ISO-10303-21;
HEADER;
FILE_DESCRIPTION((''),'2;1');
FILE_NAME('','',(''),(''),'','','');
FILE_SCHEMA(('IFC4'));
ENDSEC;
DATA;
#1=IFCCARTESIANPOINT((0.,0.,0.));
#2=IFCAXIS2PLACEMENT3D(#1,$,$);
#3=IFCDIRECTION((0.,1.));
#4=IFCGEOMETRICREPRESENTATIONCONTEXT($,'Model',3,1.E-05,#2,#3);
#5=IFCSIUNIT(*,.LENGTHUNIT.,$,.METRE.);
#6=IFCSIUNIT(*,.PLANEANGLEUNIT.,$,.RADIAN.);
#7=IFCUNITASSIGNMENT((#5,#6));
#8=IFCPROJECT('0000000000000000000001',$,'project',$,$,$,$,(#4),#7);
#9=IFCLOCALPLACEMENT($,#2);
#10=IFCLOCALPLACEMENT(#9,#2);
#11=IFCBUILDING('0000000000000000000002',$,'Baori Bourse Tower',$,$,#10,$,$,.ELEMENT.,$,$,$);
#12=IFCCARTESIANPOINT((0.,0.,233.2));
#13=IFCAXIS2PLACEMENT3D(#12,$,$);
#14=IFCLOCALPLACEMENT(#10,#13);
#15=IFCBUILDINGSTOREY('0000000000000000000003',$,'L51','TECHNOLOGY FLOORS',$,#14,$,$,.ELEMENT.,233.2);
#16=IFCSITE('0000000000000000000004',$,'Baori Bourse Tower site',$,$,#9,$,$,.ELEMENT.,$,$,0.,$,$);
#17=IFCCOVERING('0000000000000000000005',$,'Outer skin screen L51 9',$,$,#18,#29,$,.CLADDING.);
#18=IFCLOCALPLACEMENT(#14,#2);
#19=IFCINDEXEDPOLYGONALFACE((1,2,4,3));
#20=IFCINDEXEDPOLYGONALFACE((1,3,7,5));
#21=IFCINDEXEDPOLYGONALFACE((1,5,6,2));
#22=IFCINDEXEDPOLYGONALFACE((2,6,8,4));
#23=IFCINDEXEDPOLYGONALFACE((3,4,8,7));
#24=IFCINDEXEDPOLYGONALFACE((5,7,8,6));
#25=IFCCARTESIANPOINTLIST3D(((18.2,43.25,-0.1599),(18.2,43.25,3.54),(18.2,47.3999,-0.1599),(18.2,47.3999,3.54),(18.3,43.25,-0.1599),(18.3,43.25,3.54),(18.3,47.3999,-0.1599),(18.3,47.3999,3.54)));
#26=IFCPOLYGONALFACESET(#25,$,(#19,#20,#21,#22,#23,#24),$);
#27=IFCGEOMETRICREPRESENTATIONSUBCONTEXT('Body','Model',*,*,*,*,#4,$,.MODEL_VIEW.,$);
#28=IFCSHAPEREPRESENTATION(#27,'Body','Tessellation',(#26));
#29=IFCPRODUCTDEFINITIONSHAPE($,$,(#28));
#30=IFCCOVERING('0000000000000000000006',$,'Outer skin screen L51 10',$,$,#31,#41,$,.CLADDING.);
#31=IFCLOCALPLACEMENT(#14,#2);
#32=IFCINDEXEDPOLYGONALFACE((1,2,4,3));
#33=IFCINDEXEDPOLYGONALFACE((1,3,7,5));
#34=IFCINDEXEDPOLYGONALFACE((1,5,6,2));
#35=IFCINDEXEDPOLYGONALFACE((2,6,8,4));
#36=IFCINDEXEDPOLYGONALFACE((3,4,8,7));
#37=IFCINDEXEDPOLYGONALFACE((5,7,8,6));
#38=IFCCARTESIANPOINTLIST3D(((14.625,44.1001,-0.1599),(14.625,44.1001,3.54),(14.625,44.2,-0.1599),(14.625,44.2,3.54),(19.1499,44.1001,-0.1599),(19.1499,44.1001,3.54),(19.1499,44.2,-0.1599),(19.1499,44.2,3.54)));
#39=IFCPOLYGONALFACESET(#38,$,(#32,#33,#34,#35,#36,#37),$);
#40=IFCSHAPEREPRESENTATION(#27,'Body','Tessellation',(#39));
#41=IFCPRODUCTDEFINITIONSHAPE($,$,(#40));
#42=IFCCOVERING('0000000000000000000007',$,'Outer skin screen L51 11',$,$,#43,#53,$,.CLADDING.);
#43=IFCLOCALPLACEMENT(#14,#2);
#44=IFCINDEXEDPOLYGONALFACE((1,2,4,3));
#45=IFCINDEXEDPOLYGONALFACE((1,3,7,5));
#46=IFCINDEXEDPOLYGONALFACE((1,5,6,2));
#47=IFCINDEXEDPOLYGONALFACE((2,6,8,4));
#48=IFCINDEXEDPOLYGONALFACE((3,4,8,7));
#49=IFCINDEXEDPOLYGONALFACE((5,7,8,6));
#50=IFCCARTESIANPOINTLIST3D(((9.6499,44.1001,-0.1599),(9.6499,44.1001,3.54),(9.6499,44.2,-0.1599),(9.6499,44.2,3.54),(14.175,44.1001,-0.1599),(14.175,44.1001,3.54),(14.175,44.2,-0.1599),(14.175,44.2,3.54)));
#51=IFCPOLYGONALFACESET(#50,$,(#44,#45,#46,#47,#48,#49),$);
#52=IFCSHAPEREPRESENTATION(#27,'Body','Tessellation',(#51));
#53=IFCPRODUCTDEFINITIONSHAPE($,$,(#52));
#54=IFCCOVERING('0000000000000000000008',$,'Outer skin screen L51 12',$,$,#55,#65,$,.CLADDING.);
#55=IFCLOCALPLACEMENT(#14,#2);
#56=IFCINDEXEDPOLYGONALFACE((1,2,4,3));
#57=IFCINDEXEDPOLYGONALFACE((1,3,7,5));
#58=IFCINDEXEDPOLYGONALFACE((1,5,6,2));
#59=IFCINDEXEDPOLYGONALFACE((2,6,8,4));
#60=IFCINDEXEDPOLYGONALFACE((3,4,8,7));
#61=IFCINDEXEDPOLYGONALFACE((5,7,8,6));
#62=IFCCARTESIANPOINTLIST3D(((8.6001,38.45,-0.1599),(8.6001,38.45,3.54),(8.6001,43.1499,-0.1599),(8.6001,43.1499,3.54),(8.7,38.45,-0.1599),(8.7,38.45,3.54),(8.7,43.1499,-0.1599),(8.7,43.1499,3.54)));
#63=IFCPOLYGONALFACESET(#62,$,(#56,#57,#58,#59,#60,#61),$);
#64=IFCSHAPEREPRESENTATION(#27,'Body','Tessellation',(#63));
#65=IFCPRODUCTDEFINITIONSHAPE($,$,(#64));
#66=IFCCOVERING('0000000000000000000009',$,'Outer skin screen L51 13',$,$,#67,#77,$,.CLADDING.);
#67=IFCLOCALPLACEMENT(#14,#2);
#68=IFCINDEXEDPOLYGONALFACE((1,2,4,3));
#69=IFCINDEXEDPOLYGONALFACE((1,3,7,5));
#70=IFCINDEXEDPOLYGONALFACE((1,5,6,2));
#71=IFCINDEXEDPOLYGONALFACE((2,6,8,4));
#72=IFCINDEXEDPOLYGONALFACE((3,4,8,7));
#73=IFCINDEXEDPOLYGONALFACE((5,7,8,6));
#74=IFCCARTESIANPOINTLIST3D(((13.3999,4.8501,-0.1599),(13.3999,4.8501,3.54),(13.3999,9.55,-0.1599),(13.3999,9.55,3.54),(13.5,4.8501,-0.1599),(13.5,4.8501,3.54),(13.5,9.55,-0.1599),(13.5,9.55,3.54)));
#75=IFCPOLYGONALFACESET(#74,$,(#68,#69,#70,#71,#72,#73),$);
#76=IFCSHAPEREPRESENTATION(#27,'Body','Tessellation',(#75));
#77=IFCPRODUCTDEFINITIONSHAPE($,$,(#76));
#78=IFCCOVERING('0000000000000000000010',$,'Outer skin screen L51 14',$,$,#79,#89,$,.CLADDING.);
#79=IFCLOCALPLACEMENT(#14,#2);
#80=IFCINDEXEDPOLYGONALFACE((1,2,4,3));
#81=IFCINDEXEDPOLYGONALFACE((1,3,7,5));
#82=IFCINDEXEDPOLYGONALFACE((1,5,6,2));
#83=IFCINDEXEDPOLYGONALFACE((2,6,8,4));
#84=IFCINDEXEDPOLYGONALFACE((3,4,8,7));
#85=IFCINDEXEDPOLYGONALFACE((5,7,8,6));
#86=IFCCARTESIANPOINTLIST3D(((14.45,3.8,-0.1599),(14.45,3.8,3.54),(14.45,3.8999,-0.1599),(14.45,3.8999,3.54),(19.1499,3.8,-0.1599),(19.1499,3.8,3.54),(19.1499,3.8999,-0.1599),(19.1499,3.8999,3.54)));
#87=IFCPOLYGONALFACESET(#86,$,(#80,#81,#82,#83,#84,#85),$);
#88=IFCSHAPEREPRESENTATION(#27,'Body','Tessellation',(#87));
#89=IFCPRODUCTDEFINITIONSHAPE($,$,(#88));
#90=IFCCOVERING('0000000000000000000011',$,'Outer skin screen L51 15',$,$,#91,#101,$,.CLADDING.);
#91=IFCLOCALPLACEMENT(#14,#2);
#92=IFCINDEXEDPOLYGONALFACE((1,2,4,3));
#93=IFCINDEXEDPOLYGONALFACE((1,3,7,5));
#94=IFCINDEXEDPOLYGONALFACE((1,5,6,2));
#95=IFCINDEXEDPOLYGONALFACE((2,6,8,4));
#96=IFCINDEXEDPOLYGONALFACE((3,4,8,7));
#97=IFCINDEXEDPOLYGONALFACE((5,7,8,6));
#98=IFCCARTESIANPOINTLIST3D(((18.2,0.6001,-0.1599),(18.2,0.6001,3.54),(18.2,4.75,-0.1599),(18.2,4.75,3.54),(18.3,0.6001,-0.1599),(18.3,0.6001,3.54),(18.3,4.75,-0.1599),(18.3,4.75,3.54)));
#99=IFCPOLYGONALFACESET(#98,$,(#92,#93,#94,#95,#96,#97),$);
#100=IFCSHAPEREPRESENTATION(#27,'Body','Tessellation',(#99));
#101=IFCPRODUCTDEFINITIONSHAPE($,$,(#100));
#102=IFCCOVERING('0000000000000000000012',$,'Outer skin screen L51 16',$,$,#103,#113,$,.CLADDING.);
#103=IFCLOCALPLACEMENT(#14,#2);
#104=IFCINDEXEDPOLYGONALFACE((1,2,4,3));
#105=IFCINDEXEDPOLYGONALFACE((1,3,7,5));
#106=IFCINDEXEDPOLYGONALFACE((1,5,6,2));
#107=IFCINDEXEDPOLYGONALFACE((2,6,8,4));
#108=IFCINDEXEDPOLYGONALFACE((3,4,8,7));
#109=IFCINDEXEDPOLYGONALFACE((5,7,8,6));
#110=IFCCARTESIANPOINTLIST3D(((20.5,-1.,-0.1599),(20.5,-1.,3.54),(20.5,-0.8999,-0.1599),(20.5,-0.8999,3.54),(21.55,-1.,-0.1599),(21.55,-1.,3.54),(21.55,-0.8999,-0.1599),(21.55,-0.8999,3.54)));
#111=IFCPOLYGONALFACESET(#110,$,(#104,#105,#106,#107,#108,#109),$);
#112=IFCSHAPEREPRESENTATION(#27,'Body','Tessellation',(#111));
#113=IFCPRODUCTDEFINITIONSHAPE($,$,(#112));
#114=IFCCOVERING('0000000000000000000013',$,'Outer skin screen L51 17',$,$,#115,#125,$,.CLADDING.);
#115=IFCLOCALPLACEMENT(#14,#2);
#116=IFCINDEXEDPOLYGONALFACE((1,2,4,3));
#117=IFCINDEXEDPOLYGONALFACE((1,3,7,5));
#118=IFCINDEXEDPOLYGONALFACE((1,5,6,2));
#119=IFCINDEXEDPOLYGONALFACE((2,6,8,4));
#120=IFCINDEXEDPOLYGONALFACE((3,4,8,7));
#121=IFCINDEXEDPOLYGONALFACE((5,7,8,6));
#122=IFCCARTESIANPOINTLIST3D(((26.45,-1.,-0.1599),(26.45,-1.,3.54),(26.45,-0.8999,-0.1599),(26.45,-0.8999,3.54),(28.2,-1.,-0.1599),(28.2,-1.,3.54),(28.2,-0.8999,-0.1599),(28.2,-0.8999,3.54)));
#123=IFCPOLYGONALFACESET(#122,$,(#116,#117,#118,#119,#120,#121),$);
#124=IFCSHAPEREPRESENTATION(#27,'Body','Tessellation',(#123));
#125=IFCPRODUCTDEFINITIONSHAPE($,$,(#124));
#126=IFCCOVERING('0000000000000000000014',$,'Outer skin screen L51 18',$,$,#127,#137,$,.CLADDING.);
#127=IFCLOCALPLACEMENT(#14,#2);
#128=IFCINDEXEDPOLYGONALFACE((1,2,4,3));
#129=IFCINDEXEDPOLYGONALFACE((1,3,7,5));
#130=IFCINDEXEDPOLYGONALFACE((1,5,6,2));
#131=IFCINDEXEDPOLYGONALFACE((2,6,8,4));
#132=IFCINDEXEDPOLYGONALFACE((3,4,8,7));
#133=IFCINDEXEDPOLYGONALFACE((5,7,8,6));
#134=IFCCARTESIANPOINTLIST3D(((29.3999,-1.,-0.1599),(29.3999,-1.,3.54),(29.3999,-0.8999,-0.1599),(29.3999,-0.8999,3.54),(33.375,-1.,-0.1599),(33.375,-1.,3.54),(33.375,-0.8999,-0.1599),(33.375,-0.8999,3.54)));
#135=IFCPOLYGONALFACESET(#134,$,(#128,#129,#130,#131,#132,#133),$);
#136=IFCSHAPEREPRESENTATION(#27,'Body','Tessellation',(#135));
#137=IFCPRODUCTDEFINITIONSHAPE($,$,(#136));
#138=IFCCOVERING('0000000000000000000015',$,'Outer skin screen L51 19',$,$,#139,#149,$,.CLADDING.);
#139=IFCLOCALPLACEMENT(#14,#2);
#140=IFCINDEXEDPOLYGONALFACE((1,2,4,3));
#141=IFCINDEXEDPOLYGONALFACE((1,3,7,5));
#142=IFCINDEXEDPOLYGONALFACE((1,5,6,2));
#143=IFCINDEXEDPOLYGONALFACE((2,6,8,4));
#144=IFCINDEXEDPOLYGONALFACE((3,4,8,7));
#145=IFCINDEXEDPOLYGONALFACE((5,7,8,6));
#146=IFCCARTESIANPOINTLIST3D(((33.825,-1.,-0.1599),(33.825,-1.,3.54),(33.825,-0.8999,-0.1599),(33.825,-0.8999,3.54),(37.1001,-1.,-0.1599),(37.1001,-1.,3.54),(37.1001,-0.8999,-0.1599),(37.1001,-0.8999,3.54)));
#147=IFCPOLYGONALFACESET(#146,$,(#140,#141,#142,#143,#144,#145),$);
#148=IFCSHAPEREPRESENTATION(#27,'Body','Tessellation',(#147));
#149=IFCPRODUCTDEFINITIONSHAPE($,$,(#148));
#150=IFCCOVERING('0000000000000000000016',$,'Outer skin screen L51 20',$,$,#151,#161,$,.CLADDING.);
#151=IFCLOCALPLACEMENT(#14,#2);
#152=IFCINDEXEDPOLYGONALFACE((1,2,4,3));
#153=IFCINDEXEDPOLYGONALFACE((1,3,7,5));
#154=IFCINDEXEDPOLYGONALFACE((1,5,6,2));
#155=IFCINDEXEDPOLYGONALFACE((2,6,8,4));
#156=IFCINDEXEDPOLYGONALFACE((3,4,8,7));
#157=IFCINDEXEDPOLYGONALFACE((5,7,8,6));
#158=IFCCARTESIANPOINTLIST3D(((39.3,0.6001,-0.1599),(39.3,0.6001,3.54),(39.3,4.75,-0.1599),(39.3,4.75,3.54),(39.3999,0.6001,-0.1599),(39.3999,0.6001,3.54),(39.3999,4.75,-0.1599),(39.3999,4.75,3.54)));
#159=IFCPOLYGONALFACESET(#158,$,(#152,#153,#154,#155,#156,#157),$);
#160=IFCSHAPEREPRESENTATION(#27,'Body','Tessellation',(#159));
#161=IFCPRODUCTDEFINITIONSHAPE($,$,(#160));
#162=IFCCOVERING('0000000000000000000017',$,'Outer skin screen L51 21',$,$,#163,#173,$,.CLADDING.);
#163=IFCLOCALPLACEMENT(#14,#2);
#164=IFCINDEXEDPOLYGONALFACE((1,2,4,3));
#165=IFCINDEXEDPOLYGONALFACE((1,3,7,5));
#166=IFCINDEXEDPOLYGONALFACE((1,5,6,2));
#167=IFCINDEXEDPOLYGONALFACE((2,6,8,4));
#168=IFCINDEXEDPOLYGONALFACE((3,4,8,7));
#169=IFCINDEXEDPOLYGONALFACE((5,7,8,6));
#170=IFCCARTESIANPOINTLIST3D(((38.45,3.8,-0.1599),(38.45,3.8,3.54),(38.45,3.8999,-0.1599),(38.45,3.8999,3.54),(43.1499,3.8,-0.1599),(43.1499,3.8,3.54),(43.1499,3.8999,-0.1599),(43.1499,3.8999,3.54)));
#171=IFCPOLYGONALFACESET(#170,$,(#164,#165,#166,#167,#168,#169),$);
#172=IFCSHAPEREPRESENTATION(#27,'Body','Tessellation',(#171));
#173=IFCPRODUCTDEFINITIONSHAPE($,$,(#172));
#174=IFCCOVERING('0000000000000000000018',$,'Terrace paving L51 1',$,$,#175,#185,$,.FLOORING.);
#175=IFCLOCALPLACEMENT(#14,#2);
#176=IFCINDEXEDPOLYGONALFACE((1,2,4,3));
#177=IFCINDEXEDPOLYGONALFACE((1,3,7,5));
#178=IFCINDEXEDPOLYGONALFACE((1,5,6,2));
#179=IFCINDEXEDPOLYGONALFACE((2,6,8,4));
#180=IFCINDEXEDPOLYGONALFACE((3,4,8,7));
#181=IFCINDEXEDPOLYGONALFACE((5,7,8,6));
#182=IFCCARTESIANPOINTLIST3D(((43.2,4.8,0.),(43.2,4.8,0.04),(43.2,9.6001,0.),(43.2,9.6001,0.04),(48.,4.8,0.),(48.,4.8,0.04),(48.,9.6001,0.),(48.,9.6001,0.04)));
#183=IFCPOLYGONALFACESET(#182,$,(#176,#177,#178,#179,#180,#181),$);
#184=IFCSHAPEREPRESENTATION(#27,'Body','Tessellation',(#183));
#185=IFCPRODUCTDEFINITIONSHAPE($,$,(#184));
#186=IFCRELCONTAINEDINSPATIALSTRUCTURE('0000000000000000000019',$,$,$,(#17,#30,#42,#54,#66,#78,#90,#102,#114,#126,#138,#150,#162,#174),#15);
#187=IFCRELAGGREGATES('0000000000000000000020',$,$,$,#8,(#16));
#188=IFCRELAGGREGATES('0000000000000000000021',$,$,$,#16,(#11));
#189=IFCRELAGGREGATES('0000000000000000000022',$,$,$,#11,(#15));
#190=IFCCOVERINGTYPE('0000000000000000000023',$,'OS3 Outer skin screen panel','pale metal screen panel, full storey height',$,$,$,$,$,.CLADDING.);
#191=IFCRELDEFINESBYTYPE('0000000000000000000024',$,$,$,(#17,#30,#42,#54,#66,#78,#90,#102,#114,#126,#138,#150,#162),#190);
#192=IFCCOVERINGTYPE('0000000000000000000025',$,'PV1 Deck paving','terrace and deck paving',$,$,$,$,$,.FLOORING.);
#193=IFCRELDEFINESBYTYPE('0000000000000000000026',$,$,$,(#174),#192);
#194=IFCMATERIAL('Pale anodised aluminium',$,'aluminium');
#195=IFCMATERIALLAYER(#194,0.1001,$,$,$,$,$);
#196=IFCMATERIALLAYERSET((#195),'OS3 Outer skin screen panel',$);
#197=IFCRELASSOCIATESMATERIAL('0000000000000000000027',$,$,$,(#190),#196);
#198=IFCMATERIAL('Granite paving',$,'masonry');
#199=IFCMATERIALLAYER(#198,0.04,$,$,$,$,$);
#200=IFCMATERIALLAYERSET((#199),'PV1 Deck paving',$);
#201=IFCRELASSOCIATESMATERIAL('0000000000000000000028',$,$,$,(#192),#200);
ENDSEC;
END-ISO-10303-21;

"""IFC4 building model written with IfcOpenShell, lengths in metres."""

from ifc_helpers import new_model, si_unit, direction, frame, origin, place, context, subcontext, project, spatial, polyline, outline, extrude, material, layer, layer_set, type_object, element, save


model = new_model("IFC4")

# Units and contexts
model_context = context("Model", 3, precision=1e-05, world=origin(), true_north=direction((0.0, 1.0)))
body_context = subcontext(model_context, "Body", "Model", "MODEL_VIEW")
ifc_project = project(units=[si_unit("LENGTHUNIT", "METRE"), si_unit("PLANEANGLEUNIT", "RADIAN")], contexts=[model_context])

# Site, building, storey
site_placement = place(None, origin())
site = spatial("IfcSite", under=ifc_project, at=site_placement, Name="Baori Bourse Tower site", CompositionType="ELEMENT", RefElevation=0.0)
building_placement = place(site_placement, origin())
building = spatial("IfcBuilding", under=site, at=building_placement, Name="Baori Bourse Tower", CompositionType="ELEMENT")
storey_placement = place(building_placement, frame((0.0, 0.0, 233.2)))
storey = spatial("IfcBuildingStorey", under=building, at=storey_placement, Name="L51", Description="TECHNOLOGY FLOORS", CompositionType="ELEMENT", Elevation=233.2)

# Coverings
ifc_material_1 = material(Name="Pale anodised aluminium", Category="aluminium")
ifc_layer_1 = layer(ifc_material_1, 0.1001)
ifc_layer_set_1 = layer_set([ifc_layer_1], Name="OS3 Outer skin screen panel")
covering_type_1 = type_object("IfcCoveringType", Name="OS3 Outer skin screen panel", Description="pale metal screen panel, full storey height", PredefinedType="CLADDING", material=ifc_layer_set_1)
covering_1_placement = place(storey_placement, frame((0.0, 0.0, -0.1599)))
element("IfcCovering", 1, at=covering_1_placement, inside=storey, type_object=covering_type_1, Name="Outer skin screen L51 9", PredefinedType="CLADDING", context=body_context, shape_type="SweptSolid", body=[
    extrude(outline(polyline([(18.3, 43.25), (18.3, 47.3999), (18.2, 47.3999), (18.2, 43.25), (18.3, 43.25)])), origin(), (0.0, 0.0, 1.0), 3.7),
])
covering_2_placement = place(storey_placement, frame((0.0, 0.0, -0.1599)))
element("IfcCovering", 2, at=covering_2_placement, inside=storey, type_object=covering_type_1, Name="Outer skin screen L51 10", PredefinedType="CLADDING", context=body_context, shape_type="SweptSolid", body=[
    extrude(outline(polyline([(14.625, 44.1001), (19.1499, 44.1001), (19.1499, 44.2), (14.625, 44.2), (14.625, 44.1001)])), origin(), (0.0, 0.0, 1.0), 3.7),
])
covering_3_placement = place(storey_placement, frame((0.0, 0.0, -0.1599)))
element("IfcCovering", 3, at=covering_3_placement, inside=storey, type_object=covering_type_1, Name="Outer skin screen L51 11", PredefinedType="CLADDING", context=body_context, shape_type="SweptSolid", body=[
    extrude(outline(polyline([(9.6499, 44.1001), (14.175, 44.1001), (14.175, 44.2), (9.6499, 44.2), (9.6499, 44.1001)])), origin(), (0.0, 0.0, 1.0), 3.7),
])
covering_4_placement = place(storey_placement, frame((0.0, 0.0, -0.1599)))
element("IfcCovering", 4, at=covering_4_placement, inside=storey, type_object=covering_type_1, Name="Outer skin screen L51 12", PredefinedType="CLADDING", context=body_context, shape_type="SweptSolid", body=[
    extrude(outline(polyline([(8.7, 38.45), (8.7, 43.1499), (8.6001, 43.1499), (8.6001, 38.45), (8.7, 38.45)])), origin(), (0.0, 0.0, 1.0), 3.7),
])
covering_5_placement = place(storey_placement, frame((0.0, 0.0, -0.1599)))
element("IfcCovering", 5, at=covering_5_placement, inside=storey, type_object=covering_type_1, Name="Outer skin screen L51 13", PredefinedType="CLADDING", context=body_context, shape_type="SweptSolid", body=[
    extrude(outline(polyline([(13.5, 4.8501), (13.5, 9.55), (13.3999, 9.55), (13.3999, 4.8501), (13.5, 4.8501)])), origin(), (0.0, 0.0, 1.0), 3.7),
])
covering_6_placement = place(storey_placement, frame((0.0, 0.0, -0.1599)))
element("IfcCovering", 6, at=covering_6_placement, inside=storey, type_object=covering_type_1, Name="Outer skin screen L51 14", PredefinedType="CLADDING", context=body_context, shape_type="SweptSolid", body=[
    extrude(outline(polyline([(19.1499, 3.8999), (14.45, 3.8999), (14.45, 3.8), (19.1499, 3.8), (19.1499, 3.8999)])), origin(), (0.0, 0.0, 1.0), 3.7),
])
covering_7_placement = place(storey_placement, frame((0.0, 0.0, -0.1599)))
element("IfcCovering", 7, at=covering_7_placement, inside=storey, type_object=covering_type_1, Name="Outer skin screen L51 15", PredefinedType="CLADDING", context=body_context, shape_type="SweptSolid", body=[
    extrude(outline(polyline([(18.3, 0.6001), (18.3, 4.75), (18.2, 4.75), (18.2, 0.6001), (18.3, 0.6001)])), origin(), (0.0, 0.0, 1.0), 3.7),
])
covering_8_placement = place(storey_placement, frame((0.0, 0.0, -0.1599)))
element("IfcCovering", 8, at=covering_8_placement, inside=storey, type_object=covering_type_1, Name="Outer skin screen L51 16", PredefinedType="CLADDING", context=body_context, shape_type="SweptSolid", body=[
    extrude(outline(polyline([(21.55, -0.8999), (20.5, -0.8999), (20.5, -1.0), (21.55, -1.0), (21.55, -0.8999)])), origin(), (0.0, 0.0, 1.0), 3.7),
])
covering_9_placement = place(storey_placement, frame((0.0, 0.0, -0.1599)))
element("IfcCovering", 9, at=covering_9_placement, inside=storey, type_object=covering_type_1, Name="Outer skin screen L51 17", PredefinedType="CLADDING", context=body_context, shape_type="SweptSolid", body=[
    extrude(outline(polyline([(28.2, -0.8999), (26.45, -0.8999), (26.45, -1.0), (28.2, -1.0), (28.2, -0.8999)])), origin(), (0.0, 0.0, 1.0), 3.7),
])
covering_10_placement = place(storey_placement, frame((0.0, 0.0, -0.1599)))
element("IfcCovering", 10, at=covering_10_placement, inside=storey, type_object=covering_type_1, Name="Outer skin screen L51 18", PredefinedType="CLADDING", context=body_context, shape_type="SweptSolid", body=[
    extrude(outline(polyline([(33.375, -0.8999), (29.3999, -0.8999), (29.3999, -1.0), (33.375, -1.0), (33.375, -0.8999)])), origin(), (0.0, 0.0, 1.0), 3.7),
])
covering_11_placement = place(storey_placement, frame((0.0, 0.0, -0.1599)))
element("IfcCovering", 11, at=covering_11_placement, inside=storey, type_object=covering_type_1, Name="Outer skin screen L51 19", PredefinedType="CLADDING", context=body_context, shape_type="SweptSolid", body=[
    extrude(outline(polyline([(37.1001, -0.8999), (33.825, -0.8999), (33.825, -1.0), (37.1001, -1.0), (37.1001, -0.8999)])), origin(), (0.0, 0.0, 1.0), 3.7),
])
covering_12_placement = place(storey_placement, frame((0.0, 0.0, -0.1599)))
element("IfcCovering", 12, at=covering_12_placement, inside=storey, type_object=covering_type_1, Name="Outer skin screen L51 20", PredefinedType="CLADDING", context=body_context, shape_type="SweptSolid", body=[
    extrude(outline(polyline([(39.3, 4.75), (39.3, 0.6001), (39.3999, 0.6001), (39.3999, 4.75), (39.3, 4.75)])), origin(), (0.0, 0.0, 1.0), 3.7),
])
covering_13_placement = place(storey_placement, frame((0.0, 0.0, -0.1599)))
element("IfcCovering", 13, at=covering_13_placement, inside=storey, type_object=covering_type_1, Name="Outer skin screen L51 21", PredefinedType="CLADDING", context=body_context, shape_type="SweptSolid", body=[
    extrude(outline(polyline([(43.1499, 3.8999), (38.45, 3.8999), (38.45, 3.8), (43.1499, 3.8), (43.1499, 3.8999)])), origin(), (0.0, 0.0, 1.0), 3.7),
])
ifc_material_2 = material(Name="Granite paving", Category="masonry")
ifc_layer_2 = layer(ifc_material_2, 0.04)
ifc_layer_set_2 = layer_set([ifc_layer_2], Name="PV1 Deck paving")
covering_type_2 = type_object("IfcCoveringType", Name="PV1 Deck paving", Description="terrace and deck paving", PredefinedType="FLOORING", material=ifc_layer_set_2)
covering_14_placement = place(storey_placement, origin())
element("IfcCovering", 14, at=covering_14_placement, inside=storey, type_object=covering_type_2, Name="Terrace paving L51 1", PredefinedType="FLOORING", context=body_context, shape_type="SweptSolid", body=[
    extrude(outline(polyline([(43.2, 9.6001), (43.2, 4.8), (48.0, 4.8), (48.0, 9.6001), (43.2, 9.6001)])), origin(), (0.0, 0.0, 1.0), 0.04),
])

save(model, "model.ifc")
